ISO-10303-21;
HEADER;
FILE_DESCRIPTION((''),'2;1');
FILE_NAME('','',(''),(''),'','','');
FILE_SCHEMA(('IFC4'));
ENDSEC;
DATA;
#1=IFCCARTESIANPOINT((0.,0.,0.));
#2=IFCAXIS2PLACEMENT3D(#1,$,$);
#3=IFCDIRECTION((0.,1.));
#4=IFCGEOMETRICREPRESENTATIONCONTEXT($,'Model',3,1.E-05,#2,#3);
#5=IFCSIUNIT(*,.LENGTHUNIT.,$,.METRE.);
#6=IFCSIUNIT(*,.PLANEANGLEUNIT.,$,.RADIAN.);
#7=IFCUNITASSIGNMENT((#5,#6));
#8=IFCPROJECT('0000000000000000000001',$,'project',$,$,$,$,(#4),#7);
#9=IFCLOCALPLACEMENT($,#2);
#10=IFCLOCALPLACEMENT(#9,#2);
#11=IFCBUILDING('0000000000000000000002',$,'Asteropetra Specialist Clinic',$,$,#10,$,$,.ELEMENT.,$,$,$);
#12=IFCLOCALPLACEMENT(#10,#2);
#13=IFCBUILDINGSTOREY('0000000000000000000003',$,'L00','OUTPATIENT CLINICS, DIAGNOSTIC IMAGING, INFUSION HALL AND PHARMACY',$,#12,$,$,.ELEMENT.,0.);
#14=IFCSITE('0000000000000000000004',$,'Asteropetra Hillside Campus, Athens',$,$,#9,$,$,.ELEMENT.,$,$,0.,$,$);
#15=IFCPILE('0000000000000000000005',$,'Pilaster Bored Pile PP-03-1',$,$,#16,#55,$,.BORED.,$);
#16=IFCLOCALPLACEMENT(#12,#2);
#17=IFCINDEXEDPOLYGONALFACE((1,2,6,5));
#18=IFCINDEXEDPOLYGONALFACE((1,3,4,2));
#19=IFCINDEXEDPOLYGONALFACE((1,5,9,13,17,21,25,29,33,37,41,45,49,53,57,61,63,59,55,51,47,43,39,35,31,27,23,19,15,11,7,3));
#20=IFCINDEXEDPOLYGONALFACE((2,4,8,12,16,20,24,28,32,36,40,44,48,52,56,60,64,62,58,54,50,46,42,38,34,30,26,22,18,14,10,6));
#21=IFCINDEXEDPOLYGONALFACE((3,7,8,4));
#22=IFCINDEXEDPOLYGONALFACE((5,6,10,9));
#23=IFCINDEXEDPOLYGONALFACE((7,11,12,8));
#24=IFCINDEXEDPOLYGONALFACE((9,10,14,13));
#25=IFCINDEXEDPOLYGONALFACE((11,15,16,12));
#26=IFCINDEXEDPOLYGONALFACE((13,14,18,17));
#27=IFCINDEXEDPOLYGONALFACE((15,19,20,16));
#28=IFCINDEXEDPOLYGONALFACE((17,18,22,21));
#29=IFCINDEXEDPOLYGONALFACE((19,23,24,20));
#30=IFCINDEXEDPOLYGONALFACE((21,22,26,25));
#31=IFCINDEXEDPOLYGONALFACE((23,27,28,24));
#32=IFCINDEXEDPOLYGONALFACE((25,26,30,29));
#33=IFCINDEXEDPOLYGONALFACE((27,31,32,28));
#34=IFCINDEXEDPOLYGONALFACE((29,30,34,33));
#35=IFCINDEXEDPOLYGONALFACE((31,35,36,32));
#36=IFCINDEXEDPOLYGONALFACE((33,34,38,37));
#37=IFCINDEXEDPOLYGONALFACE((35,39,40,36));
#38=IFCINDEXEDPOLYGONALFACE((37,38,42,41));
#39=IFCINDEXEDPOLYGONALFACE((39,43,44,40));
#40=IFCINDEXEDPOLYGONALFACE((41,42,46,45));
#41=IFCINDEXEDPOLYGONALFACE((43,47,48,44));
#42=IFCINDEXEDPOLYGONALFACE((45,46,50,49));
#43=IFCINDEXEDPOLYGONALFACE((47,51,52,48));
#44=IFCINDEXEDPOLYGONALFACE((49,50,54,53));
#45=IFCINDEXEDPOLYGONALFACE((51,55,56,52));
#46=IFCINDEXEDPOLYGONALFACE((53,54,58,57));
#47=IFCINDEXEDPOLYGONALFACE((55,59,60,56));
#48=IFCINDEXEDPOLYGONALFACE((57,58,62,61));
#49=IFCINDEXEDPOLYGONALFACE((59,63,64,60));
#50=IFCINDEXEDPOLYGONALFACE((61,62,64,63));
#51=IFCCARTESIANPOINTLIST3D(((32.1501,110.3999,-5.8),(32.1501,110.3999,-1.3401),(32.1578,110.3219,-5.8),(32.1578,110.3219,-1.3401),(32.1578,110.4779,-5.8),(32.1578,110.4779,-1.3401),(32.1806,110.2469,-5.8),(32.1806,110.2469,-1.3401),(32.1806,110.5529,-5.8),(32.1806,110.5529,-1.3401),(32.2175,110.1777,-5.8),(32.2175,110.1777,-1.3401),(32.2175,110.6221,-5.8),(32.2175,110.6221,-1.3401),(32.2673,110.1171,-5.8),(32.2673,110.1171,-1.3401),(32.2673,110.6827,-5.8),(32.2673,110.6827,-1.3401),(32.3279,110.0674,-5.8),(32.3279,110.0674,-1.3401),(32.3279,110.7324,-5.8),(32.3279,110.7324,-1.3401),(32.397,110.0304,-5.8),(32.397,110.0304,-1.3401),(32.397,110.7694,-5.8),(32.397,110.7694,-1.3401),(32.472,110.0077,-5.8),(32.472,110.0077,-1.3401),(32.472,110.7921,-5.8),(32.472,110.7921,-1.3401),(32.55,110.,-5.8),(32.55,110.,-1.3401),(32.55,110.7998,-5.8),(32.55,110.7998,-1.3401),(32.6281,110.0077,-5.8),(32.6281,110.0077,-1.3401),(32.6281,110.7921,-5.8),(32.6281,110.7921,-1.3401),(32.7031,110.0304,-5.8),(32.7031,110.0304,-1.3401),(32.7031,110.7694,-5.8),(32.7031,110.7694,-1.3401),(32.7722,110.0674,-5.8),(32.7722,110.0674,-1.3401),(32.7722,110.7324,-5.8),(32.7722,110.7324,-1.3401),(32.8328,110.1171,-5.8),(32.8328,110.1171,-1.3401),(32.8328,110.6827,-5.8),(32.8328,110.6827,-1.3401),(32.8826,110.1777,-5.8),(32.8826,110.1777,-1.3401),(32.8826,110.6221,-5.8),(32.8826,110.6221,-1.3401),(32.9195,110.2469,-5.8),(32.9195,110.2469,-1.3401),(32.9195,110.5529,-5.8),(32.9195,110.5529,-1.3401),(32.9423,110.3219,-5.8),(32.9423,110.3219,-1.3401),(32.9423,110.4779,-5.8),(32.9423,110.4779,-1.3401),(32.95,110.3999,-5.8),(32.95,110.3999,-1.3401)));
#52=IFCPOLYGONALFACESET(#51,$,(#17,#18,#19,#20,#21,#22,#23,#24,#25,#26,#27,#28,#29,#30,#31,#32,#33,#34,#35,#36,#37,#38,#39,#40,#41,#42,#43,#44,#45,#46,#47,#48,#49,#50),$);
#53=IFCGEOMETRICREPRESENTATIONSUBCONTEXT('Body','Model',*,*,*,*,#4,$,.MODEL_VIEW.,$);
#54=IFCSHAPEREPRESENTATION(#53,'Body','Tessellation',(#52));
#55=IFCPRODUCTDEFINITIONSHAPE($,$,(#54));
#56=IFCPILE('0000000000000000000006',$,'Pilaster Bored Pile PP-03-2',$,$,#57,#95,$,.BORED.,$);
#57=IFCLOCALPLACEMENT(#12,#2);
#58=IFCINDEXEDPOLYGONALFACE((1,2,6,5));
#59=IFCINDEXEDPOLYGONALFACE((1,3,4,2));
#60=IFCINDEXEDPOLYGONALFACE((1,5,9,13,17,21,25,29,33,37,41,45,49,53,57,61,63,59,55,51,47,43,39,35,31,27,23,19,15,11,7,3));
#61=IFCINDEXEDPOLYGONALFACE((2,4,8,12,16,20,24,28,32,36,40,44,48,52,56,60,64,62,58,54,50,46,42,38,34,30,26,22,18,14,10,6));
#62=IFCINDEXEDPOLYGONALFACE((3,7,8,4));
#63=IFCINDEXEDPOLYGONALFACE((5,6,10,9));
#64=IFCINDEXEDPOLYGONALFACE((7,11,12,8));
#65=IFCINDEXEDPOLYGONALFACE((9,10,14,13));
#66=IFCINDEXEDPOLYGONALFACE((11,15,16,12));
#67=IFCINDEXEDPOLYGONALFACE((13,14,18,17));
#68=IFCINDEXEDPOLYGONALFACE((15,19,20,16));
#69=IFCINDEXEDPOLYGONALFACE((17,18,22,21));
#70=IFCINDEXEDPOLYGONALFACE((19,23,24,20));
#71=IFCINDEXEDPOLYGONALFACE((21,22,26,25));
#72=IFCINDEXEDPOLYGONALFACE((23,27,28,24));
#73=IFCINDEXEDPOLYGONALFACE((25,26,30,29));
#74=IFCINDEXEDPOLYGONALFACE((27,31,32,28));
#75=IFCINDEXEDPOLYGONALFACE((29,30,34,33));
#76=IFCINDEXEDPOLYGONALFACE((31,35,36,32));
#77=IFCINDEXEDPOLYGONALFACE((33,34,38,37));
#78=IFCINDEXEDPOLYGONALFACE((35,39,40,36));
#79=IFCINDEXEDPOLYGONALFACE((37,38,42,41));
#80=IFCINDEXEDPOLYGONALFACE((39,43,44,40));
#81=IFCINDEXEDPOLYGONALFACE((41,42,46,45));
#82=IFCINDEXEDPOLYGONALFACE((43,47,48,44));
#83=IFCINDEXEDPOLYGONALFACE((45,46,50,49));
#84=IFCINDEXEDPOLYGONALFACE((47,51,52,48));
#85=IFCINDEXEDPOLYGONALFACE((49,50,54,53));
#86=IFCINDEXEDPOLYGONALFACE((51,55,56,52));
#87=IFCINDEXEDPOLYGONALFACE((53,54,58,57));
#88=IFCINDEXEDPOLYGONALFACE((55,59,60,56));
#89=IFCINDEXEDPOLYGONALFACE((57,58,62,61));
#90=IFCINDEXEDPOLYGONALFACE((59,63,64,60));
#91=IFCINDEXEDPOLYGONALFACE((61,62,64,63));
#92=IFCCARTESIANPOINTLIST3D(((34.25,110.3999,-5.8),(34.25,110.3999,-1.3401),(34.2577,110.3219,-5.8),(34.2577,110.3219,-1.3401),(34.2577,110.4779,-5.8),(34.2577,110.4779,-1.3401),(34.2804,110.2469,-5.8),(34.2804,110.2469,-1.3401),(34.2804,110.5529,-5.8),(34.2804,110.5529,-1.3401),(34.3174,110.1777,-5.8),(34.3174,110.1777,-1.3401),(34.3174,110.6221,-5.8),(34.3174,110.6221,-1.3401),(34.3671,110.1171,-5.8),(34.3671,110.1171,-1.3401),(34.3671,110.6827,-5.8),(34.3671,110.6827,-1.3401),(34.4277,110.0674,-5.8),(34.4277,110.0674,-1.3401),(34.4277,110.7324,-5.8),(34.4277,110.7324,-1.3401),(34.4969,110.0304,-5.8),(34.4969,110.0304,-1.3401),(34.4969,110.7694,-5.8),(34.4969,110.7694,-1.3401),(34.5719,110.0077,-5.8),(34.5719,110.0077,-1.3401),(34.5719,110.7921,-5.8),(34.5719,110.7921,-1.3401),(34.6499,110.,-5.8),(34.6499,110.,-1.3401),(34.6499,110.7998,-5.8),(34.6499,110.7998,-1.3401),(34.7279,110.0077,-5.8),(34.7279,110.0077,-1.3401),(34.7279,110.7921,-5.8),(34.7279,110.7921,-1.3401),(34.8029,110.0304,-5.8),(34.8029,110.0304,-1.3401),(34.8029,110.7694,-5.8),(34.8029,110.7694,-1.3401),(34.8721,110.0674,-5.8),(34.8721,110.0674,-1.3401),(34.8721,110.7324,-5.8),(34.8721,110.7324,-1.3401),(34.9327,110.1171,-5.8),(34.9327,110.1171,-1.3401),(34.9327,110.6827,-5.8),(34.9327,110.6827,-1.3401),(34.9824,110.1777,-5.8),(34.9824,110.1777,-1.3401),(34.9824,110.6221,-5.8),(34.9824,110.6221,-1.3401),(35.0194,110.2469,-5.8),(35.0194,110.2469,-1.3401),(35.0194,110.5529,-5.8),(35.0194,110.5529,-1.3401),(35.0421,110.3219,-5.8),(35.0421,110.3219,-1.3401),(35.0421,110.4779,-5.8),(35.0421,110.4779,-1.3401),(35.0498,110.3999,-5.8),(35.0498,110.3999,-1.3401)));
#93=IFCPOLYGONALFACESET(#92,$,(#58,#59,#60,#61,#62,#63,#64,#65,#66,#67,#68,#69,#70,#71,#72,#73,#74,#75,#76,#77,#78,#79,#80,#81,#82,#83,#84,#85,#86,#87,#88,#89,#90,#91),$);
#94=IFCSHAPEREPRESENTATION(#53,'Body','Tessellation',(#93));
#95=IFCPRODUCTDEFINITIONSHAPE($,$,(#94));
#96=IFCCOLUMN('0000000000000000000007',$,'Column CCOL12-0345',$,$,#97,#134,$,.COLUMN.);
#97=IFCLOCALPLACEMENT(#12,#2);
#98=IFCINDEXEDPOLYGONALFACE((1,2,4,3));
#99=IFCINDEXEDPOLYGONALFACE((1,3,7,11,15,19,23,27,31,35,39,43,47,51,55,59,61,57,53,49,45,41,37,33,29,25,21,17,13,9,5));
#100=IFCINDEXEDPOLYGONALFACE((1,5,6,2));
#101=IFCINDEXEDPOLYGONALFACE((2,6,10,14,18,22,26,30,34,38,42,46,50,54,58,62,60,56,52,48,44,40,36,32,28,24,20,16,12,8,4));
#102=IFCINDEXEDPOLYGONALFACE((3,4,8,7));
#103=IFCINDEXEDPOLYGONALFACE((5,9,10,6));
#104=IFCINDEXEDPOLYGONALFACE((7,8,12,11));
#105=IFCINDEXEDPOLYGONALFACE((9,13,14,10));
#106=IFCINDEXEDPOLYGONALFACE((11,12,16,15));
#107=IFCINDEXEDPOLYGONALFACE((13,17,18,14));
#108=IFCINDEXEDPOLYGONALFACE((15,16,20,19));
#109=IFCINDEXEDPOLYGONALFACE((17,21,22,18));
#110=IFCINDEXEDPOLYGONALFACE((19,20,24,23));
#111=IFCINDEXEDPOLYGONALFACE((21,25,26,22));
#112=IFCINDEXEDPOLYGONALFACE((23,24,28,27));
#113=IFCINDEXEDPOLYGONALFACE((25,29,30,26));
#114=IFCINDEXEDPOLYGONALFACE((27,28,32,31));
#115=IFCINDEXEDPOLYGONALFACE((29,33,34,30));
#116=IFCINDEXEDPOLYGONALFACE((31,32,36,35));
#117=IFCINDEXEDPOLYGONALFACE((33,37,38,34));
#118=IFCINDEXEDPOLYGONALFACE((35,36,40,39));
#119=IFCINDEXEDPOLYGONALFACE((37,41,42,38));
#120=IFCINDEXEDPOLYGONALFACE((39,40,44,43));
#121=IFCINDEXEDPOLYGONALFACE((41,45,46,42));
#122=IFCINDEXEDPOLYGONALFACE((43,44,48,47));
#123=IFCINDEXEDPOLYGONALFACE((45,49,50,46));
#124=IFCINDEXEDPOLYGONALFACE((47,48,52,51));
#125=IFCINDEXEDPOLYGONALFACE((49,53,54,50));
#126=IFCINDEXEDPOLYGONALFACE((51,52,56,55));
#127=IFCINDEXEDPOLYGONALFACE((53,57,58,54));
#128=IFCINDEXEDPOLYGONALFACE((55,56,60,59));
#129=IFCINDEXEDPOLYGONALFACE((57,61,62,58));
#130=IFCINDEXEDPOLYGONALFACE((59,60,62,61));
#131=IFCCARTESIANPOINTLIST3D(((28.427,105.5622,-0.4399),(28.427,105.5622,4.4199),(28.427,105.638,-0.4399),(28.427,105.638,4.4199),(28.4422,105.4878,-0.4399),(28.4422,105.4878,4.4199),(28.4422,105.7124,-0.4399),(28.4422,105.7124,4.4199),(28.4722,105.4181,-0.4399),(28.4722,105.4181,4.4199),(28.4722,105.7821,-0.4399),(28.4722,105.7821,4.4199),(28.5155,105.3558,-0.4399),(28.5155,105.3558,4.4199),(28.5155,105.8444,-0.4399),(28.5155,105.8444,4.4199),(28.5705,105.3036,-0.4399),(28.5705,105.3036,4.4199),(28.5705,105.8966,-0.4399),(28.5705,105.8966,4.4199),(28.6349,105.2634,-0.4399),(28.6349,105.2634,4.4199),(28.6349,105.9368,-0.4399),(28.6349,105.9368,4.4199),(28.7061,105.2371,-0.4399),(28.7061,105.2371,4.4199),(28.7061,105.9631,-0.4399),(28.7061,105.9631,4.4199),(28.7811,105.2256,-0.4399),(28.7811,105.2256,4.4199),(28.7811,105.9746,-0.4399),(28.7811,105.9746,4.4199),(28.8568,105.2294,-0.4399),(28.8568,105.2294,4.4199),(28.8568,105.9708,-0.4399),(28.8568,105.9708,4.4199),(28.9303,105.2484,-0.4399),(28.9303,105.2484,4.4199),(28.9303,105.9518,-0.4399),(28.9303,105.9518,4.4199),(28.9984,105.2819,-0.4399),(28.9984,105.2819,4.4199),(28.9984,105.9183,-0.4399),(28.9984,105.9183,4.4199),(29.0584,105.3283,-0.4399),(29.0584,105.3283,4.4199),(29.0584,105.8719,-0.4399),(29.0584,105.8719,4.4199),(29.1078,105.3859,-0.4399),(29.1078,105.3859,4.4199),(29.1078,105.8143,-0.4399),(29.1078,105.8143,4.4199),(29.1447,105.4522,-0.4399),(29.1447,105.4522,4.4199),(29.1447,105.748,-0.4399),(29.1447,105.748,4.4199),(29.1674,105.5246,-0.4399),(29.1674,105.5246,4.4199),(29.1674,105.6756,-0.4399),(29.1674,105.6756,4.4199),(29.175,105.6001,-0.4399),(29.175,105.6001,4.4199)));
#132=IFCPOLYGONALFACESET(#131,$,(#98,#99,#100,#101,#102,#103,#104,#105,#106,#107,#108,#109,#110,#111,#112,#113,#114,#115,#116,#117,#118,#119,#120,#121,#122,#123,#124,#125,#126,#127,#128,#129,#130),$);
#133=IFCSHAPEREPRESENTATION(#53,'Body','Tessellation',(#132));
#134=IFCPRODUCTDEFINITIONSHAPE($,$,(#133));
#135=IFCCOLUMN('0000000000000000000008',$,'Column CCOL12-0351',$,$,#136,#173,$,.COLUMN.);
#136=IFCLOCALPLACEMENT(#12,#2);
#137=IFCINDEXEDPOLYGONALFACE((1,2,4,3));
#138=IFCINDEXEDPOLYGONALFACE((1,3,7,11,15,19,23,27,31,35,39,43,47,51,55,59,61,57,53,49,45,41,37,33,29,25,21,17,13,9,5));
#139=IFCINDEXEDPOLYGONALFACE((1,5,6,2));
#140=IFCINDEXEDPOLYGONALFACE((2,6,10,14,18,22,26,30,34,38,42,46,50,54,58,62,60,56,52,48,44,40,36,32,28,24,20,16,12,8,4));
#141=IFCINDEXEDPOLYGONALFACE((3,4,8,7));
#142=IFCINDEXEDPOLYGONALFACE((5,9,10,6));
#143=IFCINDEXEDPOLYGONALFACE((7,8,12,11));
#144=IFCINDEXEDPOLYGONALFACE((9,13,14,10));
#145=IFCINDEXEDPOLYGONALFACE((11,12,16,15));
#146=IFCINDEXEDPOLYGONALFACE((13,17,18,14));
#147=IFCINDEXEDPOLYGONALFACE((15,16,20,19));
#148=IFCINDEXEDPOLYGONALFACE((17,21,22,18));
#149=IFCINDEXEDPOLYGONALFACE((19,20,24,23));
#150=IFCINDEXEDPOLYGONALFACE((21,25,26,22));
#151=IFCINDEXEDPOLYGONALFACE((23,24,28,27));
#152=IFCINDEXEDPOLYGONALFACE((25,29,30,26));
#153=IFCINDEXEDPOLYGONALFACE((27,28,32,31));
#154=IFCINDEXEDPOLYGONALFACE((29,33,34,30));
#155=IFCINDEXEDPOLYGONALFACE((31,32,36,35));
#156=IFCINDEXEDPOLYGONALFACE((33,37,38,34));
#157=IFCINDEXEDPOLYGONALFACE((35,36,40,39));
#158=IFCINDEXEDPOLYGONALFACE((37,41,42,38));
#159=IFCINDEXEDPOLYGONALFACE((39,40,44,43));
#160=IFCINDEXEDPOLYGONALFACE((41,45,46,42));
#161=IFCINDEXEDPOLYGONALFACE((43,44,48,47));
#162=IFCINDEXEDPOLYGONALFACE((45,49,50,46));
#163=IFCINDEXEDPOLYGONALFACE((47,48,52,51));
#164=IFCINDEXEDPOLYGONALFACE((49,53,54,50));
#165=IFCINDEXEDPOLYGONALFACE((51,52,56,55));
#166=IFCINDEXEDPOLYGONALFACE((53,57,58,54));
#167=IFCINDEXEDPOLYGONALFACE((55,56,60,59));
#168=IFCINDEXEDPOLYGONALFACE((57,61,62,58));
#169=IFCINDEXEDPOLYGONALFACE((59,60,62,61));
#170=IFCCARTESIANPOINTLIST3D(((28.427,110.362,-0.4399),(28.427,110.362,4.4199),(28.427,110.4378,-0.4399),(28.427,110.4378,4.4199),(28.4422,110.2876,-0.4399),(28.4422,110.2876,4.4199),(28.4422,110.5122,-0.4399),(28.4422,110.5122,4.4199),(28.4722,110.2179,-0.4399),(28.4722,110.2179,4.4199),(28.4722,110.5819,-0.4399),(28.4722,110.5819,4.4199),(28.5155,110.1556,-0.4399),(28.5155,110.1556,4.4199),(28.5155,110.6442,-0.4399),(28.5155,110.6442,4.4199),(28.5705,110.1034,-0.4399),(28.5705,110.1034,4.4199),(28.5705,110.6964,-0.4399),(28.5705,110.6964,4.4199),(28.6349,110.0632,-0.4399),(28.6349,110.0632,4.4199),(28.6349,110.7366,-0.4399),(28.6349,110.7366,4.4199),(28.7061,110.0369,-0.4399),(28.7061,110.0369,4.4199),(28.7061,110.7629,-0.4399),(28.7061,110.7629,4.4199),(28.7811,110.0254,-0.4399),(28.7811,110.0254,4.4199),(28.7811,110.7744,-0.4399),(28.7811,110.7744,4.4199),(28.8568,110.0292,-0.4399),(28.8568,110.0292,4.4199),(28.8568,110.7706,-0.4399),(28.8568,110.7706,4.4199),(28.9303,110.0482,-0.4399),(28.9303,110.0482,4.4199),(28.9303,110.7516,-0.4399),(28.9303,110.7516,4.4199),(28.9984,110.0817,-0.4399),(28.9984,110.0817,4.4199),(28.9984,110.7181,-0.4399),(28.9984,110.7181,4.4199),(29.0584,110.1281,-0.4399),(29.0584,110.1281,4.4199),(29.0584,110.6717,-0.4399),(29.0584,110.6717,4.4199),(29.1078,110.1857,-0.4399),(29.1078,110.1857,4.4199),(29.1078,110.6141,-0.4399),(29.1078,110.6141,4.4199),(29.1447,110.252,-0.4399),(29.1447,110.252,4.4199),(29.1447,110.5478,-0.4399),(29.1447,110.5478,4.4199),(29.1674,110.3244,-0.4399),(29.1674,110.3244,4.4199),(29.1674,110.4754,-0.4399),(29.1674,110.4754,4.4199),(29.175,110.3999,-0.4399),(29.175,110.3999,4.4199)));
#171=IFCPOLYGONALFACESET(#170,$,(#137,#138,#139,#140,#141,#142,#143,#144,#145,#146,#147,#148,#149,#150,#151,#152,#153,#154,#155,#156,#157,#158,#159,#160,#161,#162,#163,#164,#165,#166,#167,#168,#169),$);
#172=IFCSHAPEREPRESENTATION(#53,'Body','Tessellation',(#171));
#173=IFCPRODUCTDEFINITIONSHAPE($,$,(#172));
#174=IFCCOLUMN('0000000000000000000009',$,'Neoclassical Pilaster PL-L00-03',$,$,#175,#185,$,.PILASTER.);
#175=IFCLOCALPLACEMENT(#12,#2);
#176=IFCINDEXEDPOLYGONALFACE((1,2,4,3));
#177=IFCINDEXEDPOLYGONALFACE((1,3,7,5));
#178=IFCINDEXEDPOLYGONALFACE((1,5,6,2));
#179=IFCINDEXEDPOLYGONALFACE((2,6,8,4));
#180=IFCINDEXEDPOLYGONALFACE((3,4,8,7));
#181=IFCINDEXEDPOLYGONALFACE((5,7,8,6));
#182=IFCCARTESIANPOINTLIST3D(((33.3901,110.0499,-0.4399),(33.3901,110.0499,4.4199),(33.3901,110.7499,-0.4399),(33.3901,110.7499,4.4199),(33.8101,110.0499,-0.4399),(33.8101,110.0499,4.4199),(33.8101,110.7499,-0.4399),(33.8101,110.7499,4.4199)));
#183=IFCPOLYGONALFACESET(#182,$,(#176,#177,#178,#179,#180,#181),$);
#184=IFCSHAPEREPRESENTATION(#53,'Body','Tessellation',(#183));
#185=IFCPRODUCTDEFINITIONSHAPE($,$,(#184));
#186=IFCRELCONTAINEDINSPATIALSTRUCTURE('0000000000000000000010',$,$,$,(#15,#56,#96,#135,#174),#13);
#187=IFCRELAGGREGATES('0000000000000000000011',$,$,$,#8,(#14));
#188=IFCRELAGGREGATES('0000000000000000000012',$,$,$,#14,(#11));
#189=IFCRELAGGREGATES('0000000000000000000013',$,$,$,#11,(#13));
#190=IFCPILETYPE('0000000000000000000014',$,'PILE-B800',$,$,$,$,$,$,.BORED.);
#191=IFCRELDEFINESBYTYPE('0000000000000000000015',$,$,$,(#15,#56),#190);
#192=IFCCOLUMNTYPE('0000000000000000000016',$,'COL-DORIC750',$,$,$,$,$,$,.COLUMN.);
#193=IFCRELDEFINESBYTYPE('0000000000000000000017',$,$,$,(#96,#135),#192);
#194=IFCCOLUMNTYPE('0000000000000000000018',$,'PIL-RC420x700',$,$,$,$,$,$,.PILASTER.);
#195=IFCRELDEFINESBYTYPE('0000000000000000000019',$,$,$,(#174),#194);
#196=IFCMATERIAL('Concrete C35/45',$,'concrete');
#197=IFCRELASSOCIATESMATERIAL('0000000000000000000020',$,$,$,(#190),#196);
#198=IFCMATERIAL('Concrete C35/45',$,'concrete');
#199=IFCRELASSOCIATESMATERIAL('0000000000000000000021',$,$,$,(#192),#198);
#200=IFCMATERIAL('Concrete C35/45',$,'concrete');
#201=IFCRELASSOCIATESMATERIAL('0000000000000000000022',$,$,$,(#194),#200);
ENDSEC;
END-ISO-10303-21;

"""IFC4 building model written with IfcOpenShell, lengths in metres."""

from ifc_helpers import new_model, si_unit, direction, frame, origin, origin_2d, place, context, subcontext, project, spatial, rectangle, circle, extrude, material, material_profile, profile_set, type_object, element, save


model = new_model("IFC4")

# Units and contexts
model_context = context("Model", 3, precision=1e-05, world=origin(), true_north=direction((0.0, 1.0)))
body_context = subcontext(model_context, "Body", "Model", "MODEL_VIEW")
ifc_project = project(units=[si_unit("LENGTHUNIT", "METRE"), si_unit("PLANEANGLEUNIT", "RADIAN")], contexts=[model_context])

# Site, building, storey
site_placement = place(None, origin())
site = spatial("IfcSite", under=ifc_project, at=site_placement, Name="Asteropetra Hillside Campus, Athens", CompositionType="ELEMENT", RefElevation=0.0)
building_placement = place(site_placement, origin())
building = spatial("IfcBuilding", under=site, at=building_placement, Name="Asteropetra Specialist Clinic", CompositionType="ELEMENT")
storey_placement = place(building_placement, origin())
storey = spatial("IfcBuildingStorey", under=building, at=storey_placement, Name="L00", Description="OUTPATIENT CLINICS, DIAGNOSTIC IMAGING, INFUSION HALL AND PHARMACY", CompositionType="ELEMENT", Elevation=0.0)

# Piles
ifc_material_1 = material(Name="Concrete C35/45", Category="concrete")
ifc_material_profile_1 = material_profile(ifc_material_1, circle(Radius=0.3999, at=origin_2d()), Name="PILE D800")
ifc_profile_set_1 = profile_set([ifc_material_profile_1], Name="Concrete C35/45")
pile_type = type_object("IfcPileType", Name="PILE-B800", PredefinedType="BORED", material=ifc_profile_set_1)
for number, where, z_axis, x_axis, name in (
    (1, (32.55, 110.3999, -1.3401), (0.0, 0.0, -1.0), (1.0, 0.0, 0.0), "Pilaster Bored Pile PP-03-1"),
    (2, (34.6499, 110.3999, -1.3401), (0.0, 0.0, -1.0), (1.0, 0.0, 0.0), "Pilaster Bored Pile PP-03-2"),
):
    element("IfcPile", number, at=place(storey_placement, frame(where, z_axis=z_axis, x_axis=x_axis)), inside=storey, type_object=pile_type, Name=name, PredefinedType="BORED", context=body_context, shape_type="SweptSolid", body=[
        extrude(circle(Radius=0.3999, at=origin_2d()), origin(), (0.0, 0.0, 1.0), 4.46),
    ])

# Columns
ifc_material_2 = material(Name="Concrete C35/45", Category="concrete")
ifc_material_profile_2 = material_profile(ifc_material_2, circle(Radius=0.375, at=origin_2d()), Name="RCC D750")
ifc_profile_set_2 = profile_set([ifc_material_profile_2], Name="Concrete C35/45")
column_type_1 = type_object("IfcColumnType", Name="COL-DORIC750", PredefinedType="COLUMN", material=ifc_profile_set_2)
for number, where, z_axis, x_axis, name in (
    (3, (28.8, 105.6001, -0.4399), (0.0, 0.0, 1.0), (1.0, 0.0, 0.0), "Column CCOL12-0345"),
    (4, (28.8, 110.3999, -0.4399), (0.0, 0.0, 1.0), (1.0, 0.0, 0.0), "Column CCOL12-0351"),
):
    element("IfcColumn", number, at=place(storey_placement, frame(where, z_axis=z_axis, x_axis=x_axis)), inside=storey, type_object=column_type_1, Name=name, PredefinedType="COLUMN", context=body_context, shape_type="SweptSolid", body=[
        extrude(circle(Radius=0.375, at=origin_2d()), origin(), (0.0, 0.0, 1.0), 4.8599),
    ])
ifc_material_3 = material(Name="Concrete C35/45", Category="concrete")
ifc_material_profile_3 = material_profile(ifc_material_3, rectangle(XDim=0.4199, YDim=0.7, at=origin_2d()), Name="PIL 420x700")
ifc_profile_set_3 = profile_set([ifc_material_profile_3], Name="Concrete C35/45")
column_type_2 = type_object("IfcColumnType", Name="PIL-RC420x700", PredefinedType="PILASTER", material=ifc_profile_set_3)
column_placement = place(storey_placement, frame((33.6001, 110.3999, -0.4399), z_axis=(0.0, 0.0, 1.0), x_axis=(1.0, 0.0, 0.0)))
element("IfcColumn", 5, at=column_placement, inside=storey, type_object=column_type_2, Name="Neoclassical Pilaster PL-L00-03", PredefinedType="PILASTER", context=body_context, shape_type="SweptSolid", body=[
    extrude(rectangle(XDim=0.4199, YDim=0.7, at=origin_2d()), origin(), (0.0, 0.0, 1.0), 4.8599),
])

save(model, "model.ifc")
